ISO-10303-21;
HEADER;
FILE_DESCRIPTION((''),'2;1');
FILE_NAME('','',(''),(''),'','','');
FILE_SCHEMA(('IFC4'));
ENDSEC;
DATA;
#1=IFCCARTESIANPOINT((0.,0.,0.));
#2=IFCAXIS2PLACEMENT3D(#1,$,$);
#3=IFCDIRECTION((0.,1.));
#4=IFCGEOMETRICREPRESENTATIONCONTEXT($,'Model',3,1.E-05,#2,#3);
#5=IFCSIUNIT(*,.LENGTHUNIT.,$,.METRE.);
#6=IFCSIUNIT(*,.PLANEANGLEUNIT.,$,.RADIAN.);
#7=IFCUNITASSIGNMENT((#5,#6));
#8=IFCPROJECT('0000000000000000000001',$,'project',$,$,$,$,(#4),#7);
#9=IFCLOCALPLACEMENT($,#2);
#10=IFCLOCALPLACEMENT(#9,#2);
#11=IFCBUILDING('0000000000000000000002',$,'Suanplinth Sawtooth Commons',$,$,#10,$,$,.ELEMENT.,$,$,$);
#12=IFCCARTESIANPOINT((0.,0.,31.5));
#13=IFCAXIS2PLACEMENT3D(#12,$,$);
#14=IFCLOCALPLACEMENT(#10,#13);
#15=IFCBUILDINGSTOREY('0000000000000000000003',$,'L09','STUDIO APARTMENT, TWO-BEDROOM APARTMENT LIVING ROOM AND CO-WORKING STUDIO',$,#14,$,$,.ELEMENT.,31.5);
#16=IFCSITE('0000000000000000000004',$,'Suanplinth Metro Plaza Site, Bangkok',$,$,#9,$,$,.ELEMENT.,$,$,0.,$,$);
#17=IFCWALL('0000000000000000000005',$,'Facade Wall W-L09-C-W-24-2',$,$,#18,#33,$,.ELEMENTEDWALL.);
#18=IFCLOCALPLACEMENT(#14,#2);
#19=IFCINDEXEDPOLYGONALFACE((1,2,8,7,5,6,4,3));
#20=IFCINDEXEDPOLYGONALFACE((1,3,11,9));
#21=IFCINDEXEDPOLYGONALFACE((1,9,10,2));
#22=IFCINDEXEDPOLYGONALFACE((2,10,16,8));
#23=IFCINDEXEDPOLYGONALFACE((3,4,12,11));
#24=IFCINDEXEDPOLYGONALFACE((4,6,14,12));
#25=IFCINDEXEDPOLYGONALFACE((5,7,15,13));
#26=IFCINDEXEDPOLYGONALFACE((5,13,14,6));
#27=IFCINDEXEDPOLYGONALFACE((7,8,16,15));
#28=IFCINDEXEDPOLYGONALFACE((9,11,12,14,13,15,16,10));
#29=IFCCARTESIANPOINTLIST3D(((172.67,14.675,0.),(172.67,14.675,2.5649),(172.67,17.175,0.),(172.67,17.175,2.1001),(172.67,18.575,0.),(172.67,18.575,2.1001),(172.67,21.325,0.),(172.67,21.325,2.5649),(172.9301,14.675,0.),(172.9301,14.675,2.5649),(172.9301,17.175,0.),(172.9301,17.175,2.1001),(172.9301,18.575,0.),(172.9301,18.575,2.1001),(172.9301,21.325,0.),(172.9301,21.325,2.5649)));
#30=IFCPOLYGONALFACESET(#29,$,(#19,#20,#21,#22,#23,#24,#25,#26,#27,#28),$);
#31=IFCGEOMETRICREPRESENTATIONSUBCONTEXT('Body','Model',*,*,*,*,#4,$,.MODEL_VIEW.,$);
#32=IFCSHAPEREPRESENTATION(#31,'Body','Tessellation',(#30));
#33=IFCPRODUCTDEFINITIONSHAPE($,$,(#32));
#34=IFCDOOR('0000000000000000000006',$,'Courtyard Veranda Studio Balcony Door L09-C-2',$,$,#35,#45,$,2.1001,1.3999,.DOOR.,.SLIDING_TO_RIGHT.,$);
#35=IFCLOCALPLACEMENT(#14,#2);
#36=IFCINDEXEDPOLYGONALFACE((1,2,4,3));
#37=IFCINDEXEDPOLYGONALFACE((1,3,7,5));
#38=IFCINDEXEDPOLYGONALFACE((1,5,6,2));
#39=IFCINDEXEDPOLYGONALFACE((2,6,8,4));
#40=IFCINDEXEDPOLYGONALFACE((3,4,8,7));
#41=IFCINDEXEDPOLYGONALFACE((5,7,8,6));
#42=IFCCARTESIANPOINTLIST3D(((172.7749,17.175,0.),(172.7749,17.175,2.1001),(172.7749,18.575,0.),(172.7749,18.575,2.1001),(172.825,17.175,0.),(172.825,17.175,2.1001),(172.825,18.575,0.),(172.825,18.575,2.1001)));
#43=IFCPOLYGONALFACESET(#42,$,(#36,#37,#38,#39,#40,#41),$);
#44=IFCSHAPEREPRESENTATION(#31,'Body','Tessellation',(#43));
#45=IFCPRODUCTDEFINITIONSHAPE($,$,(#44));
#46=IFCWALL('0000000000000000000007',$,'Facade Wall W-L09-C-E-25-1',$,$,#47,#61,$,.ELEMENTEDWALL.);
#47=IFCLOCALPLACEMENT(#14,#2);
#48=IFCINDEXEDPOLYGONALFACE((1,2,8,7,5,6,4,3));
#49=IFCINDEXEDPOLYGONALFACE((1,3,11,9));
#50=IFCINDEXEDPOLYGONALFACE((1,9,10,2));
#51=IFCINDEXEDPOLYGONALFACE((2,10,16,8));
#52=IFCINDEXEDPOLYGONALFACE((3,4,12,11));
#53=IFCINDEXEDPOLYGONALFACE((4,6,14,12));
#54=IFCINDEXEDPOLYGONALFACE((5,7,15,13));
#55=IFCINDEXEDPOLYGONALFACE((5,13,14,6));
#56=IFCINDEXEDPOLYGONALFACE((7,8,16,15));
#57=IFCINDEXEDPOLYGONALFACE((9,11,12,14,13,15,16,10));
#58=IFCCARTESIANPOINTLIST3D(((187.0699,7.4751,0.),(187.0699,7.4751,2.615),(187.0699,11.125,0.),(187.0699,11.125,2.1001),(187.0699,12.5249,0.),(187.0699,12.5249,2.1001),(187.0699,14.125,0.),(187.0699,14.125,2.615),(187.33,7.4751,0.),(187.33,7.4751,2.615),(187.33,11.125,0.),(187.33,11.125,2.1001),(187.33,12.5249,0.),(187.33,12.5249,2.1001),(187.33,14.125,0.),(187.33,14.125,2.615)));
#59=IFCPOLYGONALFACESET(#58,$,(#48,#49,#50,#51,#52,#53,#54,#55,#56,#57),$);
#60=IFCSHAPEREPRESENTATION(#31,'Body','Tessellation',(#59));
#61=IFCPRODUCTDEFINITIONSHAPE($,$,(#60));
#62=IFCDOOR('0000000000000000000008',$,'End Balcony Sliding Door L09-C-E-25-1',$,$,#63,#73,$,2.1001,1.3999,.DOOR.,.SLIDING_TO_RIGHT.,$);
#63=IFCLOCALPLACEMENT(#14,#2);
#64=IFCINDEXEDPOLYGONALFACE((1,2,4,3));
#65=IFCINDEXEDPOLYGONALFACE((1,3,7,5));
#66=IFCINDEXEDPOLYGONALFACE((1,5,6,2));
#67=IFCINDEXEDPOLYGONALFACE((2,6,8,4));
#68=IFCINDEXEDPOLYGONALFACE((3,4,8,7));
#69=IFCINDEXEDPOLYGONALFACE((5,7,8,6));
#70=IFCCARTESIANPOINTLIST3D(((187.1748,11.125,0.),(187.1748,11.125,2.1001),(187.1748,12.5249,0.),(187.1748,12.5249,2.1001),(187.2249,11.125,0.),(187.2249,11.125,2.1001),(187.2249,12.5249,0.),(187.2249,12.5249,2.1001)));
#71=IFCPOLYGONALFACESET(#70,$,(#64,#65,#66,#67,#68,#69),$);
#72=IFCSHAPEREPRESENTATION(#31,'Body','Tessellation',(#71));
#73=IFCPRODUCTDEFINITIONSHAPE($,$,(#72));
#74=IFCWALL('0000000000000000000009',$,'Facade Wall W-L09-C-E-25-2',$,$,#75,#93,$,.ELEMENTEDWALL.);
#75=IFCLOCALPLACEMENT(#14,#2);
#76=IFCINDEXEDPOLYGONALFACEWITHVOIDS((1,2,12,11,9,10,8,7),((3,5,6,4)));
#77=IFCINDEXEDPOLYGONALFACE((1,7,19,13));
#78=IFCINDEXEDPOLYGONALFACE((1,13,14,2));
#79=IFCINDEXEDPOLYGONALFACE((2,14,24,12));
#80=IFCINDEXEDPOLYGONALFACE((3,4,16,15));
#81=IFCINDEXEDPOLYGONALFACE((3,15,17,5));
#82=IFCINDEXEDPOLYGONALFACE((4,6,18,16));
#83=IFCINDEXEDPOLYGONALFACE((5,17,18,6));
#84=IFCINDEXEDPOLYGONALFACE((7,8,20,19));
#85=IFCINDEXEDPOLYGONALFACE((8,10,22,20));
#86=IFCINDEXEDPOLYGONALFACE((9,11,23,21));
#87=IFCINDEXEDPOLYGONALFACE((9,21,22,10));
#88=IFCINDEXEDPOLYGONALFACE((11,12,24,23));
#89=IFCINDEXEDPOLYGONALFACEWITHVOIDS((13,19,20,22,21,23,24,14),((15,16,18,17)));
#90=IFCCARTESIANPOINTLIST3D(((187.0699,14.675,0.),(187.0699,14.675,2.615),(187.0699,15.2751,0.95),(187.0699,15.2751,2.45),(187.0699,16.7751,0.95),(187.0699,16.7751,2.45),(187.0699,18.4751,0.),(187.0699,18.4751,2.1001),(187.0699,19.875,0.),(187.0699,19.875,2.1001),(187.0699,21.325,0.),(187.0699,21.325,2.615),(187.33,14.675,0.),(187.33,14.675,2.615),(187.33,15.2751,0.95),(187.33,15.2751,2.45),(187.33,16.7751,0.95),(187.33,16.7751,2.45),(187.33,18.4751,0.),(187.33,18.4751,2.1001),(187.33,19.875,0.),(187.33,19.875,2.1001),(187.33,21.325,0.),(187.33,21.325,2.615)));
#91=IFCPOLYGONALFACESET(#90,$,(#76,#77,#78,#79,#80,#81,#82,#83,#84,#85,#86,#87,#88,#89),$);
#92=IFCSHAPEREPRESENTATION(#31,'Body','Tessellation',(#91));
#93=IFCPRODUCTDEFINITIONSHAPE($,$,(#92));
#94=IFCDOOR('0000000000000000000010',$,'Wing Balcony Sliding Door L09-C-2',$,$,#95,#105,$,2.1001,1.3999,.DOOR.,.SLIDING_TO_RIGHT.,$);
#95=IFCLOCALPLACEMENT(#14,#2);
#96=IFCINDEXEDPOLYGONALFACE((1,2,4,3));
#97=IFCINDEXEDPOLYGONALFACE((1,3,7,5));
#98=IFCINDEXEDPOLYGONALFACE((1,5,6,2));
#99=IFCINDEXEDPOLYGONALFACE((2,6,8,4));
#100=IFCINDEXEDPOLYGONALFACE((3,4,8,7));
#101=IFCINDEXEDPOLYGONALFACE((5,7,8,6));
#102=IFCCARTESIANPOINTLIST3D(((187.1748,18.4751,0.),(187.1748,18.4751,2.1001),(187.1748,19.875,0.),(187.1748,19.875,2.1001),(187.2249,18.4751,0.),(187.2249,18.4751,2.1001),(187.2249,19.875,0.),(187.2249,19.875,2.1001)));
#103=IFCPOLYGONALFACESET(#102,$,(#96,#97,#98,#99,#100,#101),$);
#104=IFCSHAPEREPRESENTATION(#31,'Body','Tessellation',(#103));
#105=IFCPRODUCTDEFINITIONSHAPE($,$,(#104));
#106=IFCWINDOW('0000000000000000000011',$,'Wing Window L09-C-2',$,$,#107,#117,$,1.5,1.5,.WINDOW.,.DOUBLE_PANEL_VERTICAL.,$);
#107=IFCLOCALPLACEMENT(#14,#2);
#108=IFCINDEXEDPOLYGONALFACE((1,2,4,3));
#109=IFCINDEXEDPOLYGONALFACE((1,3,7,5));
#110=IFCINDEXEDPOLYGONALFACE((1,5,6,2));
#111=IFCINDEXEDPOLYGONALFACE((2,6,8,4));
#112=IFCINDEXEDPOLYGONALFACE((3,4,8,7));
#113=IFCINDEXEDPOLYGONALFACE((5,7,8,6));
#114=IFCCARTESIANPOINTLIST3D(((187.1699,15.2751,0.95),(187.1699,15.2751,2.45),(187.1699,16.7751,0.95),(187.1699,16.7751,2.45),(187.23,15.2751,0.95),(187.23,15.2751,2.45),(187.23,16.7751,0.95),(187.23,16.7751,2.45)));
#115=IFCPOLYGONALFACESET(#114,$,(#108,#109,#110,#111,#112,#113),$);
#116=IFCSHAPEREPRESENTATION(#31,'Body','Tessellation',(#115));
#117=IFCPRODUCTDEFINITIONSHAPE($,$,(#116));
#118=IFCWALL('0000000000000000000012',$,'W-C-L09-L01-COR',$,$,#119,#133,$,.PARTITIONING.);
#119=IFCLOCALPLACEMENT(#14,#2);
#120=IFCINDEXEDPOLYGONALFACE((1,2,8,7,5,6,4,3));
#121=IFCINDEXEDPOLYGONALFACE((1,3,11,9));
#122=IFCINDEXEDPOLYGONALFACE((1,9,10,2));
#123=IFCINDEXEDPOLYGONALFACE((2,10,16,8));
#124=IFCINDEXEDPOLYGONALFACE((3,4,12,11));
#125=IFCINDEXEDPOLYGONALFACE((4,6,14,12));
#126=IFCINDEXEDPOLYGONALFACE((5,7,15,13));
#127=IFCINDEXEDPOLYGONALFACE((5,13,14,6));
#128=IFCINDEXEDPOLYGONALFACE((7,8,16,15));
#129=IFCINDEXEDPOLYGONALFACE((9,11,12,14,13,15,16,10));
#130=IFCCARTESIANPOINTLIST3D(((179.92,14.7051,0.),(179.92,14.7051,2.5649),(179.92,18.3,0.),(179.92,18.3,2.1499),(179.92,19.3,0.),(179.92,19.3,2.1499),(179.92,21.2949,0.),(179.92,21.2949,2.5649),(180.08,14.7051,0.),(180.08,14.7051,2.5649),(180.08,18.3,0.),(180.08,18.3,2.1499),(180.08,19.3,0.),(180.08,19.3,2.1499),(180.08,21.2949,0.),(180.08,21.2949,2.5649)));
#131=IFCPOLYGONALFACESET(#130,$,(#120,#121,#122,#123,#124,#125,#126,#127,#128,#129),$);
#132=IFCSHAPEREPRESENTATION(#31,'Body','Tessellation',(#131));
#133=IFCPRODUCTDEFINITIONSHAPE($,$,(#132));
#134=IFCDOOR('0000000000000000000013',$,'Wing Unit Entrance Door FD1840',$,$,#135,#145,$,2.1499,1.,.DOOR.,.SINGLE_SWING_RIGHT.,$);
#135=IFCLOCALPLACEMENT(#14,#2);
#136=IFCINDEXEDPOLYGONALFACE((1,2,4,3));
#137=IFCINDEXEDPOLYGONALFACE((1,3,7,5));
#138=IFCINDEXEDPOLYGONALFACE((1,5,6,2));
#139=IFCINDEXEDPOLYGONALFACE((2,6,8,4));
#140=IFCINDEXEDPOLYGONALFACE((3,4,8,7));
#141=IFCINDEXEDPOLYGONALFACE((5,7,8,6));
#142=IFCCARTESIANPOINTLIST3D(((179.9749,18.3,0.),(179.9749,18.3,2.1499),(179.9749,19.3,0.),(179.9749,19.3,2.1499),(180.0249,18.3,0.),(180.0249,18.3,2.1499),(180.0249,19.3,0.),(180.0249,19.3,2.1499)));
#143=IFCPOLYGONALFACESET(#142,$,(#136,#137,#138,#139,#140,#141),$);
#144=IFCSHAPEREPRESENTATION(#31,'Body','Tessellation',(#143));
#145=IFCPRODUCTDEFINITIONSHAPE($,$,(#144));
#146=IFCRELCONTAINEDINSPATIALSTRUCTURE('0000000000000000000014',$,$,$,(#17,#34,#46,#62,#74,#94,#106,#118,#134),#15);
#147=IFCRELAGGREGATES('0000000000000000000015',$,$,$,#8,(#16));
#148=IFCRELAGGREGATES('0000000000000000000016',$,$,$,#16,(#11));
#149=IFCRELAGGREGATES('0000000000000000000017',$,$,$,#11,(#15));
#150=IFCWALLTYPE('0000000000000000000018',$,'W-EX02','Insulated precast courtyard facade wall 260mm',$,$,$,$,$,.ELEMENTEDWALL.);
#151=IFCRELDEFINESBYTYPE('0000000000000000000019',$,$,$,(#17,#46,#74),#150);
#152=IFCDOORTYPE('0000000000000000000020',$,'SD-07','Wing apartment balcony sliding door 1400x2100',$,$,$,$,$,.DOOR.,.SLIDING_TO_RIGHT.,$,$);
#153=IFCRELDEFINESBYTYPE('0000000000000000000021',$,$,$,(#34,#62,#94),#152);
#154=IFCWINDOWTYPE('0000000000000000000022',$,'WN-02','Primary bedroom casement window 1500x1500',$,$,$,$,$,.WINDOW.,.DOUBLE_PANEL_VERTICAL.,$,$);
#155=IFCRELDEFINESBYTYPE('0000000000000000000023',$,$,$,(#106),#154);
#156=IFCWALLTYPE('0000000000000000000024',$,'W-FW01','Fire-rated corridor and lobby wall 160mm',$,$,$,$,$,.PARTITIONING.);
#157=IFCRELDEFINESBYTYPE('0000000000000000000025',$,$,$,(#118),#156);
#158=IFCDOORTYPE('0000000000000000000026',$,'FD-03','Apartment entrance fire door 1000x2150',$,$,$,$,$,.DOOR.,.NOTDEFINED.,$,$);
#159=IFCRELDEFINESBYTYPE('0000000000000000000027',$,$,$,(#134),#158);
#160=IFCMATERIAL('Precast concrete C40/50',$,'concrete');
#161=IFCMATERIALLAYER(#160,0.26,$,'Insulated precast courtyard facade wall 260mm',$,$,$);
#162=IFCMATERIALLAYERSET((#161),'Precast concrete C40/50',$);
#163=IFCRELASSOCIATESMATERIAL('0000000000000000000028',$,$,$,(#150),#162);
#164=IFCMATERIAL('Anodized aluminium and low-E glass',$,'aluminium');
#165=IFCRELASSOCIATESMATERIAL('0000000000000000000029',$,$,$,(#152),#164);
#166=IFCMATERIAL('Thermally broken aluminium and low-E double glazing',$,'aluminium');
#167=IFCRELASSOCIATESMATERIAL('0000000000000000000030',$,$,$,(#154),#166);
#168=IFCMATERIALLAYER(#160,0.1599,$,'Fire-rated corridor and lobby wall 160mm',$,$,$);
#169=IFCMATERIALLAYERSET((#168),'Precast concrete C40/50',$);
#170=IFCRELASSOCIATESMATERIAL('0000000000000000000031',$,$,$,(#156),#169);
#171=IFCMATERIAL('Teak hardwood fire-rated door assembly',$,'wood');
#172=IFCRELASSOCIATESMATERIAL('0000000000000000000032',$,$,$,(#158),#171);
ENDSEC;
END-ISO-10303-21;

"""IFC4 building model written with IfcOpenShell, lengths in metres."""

from ifc_helpers import new_model, si_unit, direction, frame, frame_2d, origin, place, context, subcontext, project, spatial, rectangle, extrude, material, layer, layer_set, type_object, element, fill, save


model = new_model("IFC4")

# Units and contexts
model_context = context("Model", 3, precision=1e-05, world=origin(), true_north=direction((0.0, 1.0)))
body_context = subcontext(model_context, "Body", "Model", "MODEL_VIEW")
ifc_project = project(units=[si_unit("LENGTHUNIT", "METRE"), si_unit("PLANEANGLEUNIT", "RADIAN")], contexts=[model_context])

# Site, building, storey
site_placement = place(None, origin())
site = spatial("IfcSite", under=ifc_project, at=site_placement, Name="Suanplinth Metro Plaza Site, Bangkok", CompositionType="ELEMENT", RefElevation=0.0)
building_placement = place(site_placement, origin())
building = spatial("IfcBuilding", under=site, at=building_placement, Name="Suanplinth Sawtooth Commons", CompositionType="ELEMENT")
storey_placement = place(building_placement, frame((0.0, 0.0, 31.5)))
storey = spatial("IfcBuildingStorey", under=building, at=storey_placement, Name="L09", Description="STUDIO APARTMENT, TWO-BEDROOM APARTMENT LIVING ROOM AND CO-WORKING STUDIO", CompositionType="ELEMENT", Elevation=31.5)

# Shared definitions
ifc_material_1 = material(Name="Precast concrete C40/50", Category="concrete")

# Walls, openings, doors
ifc_layer_1 = layer(ifc_material_1, 0.26, Name="Insulated precast courtyard facade wall 260mm")
ifc_layer_set_1 = layer_set([ifc_layer_1], Name="Precast concrete C40/50")
wall_type_1 = type_object("IfcWallType", Name="W-EX02", Description="Insulated precast courtyard facade wall 260mm", PredefinedType="ELEMENTEDWALL", material=ifc_layer_set_1)
wall_1_placement = place(storey_placement, frame((172.8, 14.675, 0.0), z_axis=(0.0, 0.0, 1.0), x_axis=(0.0, 1.0, 0.0)))
wall_1 = element("IfcWall", 1, at=wall_1_placement, inside=storey, type_object=wall_type_1, Name="Facade Wall W-L09-C-W-24-2", PredefinedType="ELEMENTEDWALL", context=body_context, shape_type="SweptSolid", body=[
    extrude(rectangle(XDim=6.6499, YDim=0.26, at=frame_2d((3.325, 0.0))), origin(), (0.0, 0.0, 1.0), 2.5649),
])
opening_1_placement = place(wall_1_placement, frame((2.5, 0.0, 0.0)))
opening_1 = element("IfcOpeningElement", 2, at=opening_1_placement, cuts=wall_1, PredefinedType="OPENING", context=body_context, shape_type="SweptSolid", body=[
    extrude(rectangle(XDim=1.3999, YDim=2.1001, at=frame_2d((0.7, 1.05))), frame((0.0, 0.145, 0.0), z_axis=(0.0, -1.0, 0.0), x_axis=(1.0, 0.0, 0.0)), (0.0, 0.0, 1.0), 0.2898),
])
ifc_material_2 = material(Name="Anodized aluminium and low-E glass", Category="aluminium")
door_type_1 = type_object("IfcDoorType", Name="SD-07", Description="Wing apartment balcony sliding door 1400x2100", OperationType="SLIDING_TO_RIGHT", PredefinedType="DOOR", material=ifc_material_2)
door_1_placement = place(opening_1_placement, frame((1.3999, 0.0, 0.0), z_axis=(0.0, 0.0, 1.0), x_axis=(-1.0, 0.0, 0.0)))
door_1 = element("IfcDoor", 3, at=door_1_placement, inside=storey, type_object=door_type_1, Name="Courtyard Veranda Studio Balcony Door L09-C-2", OperationType="SLIDING_TO_RIGHT", OverallHeight=2.1001, OverallWidth=1.3999, PredefinedType="DOOR", context=body_context, shape_type="SweptSolid", body=[
    extrude(rectangle(XDim=1.3999, YDim=2.1001, at=frame_2d((0.7, 1.05))), frame((0.0, 0.0249, 0.0), z_axis=(0.0, -1.0, 0.0), x_axis=(1.0, 0.0, 0.0)), (0.0, 0.0, 1.0), 0.05),
])
fill(opening_1, door_1)
wall_2_placement = place(storey_placement, frame((187.2, 7.4751, 0.0), z_axis=(0.0, 0.0, 1.0), x_axis=(0.0, 1.0, 0.0)))
wall_2 = element("IfcWall", 4, at=wall_2_placement, inside=storey, type_object=wall_type_1, Name="Facade Wall W-L09-C-E-25-1", PredefinedType="ELEMENTEDWALL", context=body_context, shape_type="SweptSolid", body=[
    extrude(rectangle(XDim=6.6499, YDim=0.26, at=frame_2d((3.325, 0.0))), origin(), (0.0, 0.0, 1.0), 2.615),
])
opening_2_placement = place(wall_2_placement, frame((3.6499, 0.0, 0.0)))
opening_2 = element("IfcOpeningElement", 5, at=opening_2_placement, cuts=wall_2, PredefinedType="OPENING", context=body_context, shape_type="SweptSolid", body=[
    extrude(rectangle(XDim=1.3999, YDim=2.1001, at=frame_2d((0.7, 1.05))), frame((0.0, 0.145, 0.0), z_axis=(0.0, -1.0, 0.0), x_axis=(1.0, 0.0, 0.0)), (0.0, 0.0, 1.0), 0.2898),
])
door_2_placement = place(opening_2_placement, frame((1.3999, 0.0, 0.0), z_axis=(0.0, 0.0, 1.0), x_axis=(-1.0, 0.0, 0.0)))
door_2 = element("IfcDoor", 6, at=door_2_placement, inside=storey, type_object=door_type_1, Name="End Balcony Sliding Door L09-C-E-25-1", OperationType="SLIDING_TO_RIGHT", OverallHeight=2.1001, OverallWidth=1.3999, PredefinedType="DOOR", context=body_context, shape_type="SweptSolid", body=[
    extrude(rectangle(XDim=1.3999, YDim=2.1001, at=frame_2d((0.7, 1.05))), frame((0.0, 0.0249, 0.0), z_axis=(0.0, -1.0, 0.0), x_axis=(1.0, 0.0, 0.0)), (0.0, 0.0, 1.0), 0.05),
])
fill(opening_2, door_2)

# Wall, openings, door, window
wall_3_placement = place(storey_placement, frame((187.2, 14.675, 0.0), z_axis=(0.0, 0.0, 1.0), x_axis=(0.0, 1.0, 0.0)))
wall_3 = element("IfcWall", 7, at=wall_3_placement, inside=storey, type_object=wall_type_1, Name="Facade Wall W-L09-C-E-25-2", PredefinedType="ELEMENTEDWALL", context=body_context, shape_type="SweptSolid", body=[
    extrude(rectangle(XDim=6.6499, YDim=0.26, at=frame_2d((3.325, 0.0))), origin(), (0.0, 0.0, 1.0), 2.615),
])
opening_3_placement = place(wall_3_placement, frame((3.8, 0.0, 0.0)))
opening_3 = element("IfcOpeningElement", 8, at=opening_3_placement, cuts=wall_3, PredefinedType="OPENING", context=body_context, shape_type="SweptSolid", body=[
    extrude(rectangle(XDim=1.3999, YDim=2.1001, at=frame_2d((0.7, 1.05))), frame((0.0, 0.145, 0.0), z_axis=(0.0, -1.0, 0.0), x_axis=(1.0, 0.0, 0.0)), (0.0, 0.0, 1.0), 0.2898),
])
opening_4_placement = place(wall_3_placement, frame((0.6001, 0.0, 0.95)))
opening_4 = element("IfcOpeningElement", 9, at=opening_4_placement, cuts=wall_3, PredefinedType="OPENING", context=body_context, shape_type="SweptSolid", body=[
    extrude(rectangle(XDim=1.5, YDim=1.5, at=frame_2d((0.75, 0.75))), frame((0.0, 0.145, 0.0), z_axis=(0.0, -1.0, 0.0), x_axis=(1.0, 0.0, 0.0)), (0.0, 0.0, 1.0), 0.2898),
])
door_3_placement = place(opening_3_placement, frame((1.3999, 0.0, 0.0), z_axis=(0.0, 0.0, 1.0), x_axis=(-1.0, 0.0, 0.0)))
door_3 = element("IfcDoor", 10, at=door_3_placement, inside=storey, type_object=door_type_1, Name="Wing Balcony Sliding Door L09-C-2", OperationType="SLIDING_TO_RIGHT", OverallHeight=2.1001, OverallWidth=1.3999, PredefinedType="DOOR", context=body_context, shape_type="SweptSolid", body=[
    extrude(rectangle(XDim=1.3999, YDim=2.1001, at=frame_2d((0.7, 1.05))), frame((0.0, 0.0249, 0.0), z_axis=(0.0, -1.0, 0.0), x_axis=(1.0, 0.0, 0.0)), (0.0, 0.0, 1.0), 0.05),
])
fill(opening_3, door_3)
ifc_material_3 = material(Name="Thermally broken aluminium and low-E double glazing", Category="aluminium")
window_type = type_object("IfcWindowType", Name="WN-02", Description="Primary bedroom casement window 1500x1500", PartitioningType="DOUBLE_PANEL_VERTICAL", PredefinedType="WINDOW", material=ifc_material_3)
window_placement = place(opening_4_placement, origin())
window = element("IfcWindow", 11, at=window_placement, inside=storey, type_object=window_type, Name="Wing Window L09-C-2", OverallHeight=1.5, OverallWidth=1.5, PartitioningType="DOUBLE_PANEL_VERTICAL", PredefinedType="WINDOW", context=body_context, shape_type="SweptSolid", body=[
    extrude(rectangle(XDim=1.5, YDim=1.5, at=frame_2d((0.75, 0.75))), frame((0.0, 0.03, 0.0), z_axis=(0.0, -1.0, 0.0), x_axis=(1.0, 0.0, 0.0)), (0.0, 0.0, 1.0), 0.0601),
])
fill(opening_4, window)

# Wall, opening, door
ifc_layer_2 = layer(ifc_material_1, 0.1599, Name="Fire-rated corridor and lobby wall 160mm")
ifc_layer_set_2 = layer_set([ifc_layer_2], Name="Precast concrete C40/50")
wall_type_2 = type_object("IfcWallType", Name="W-FW01", Description="Fire-rated corridor and lobby wall 160mm", PredefinedType="PARTITIONING", material=ifc_layer_set_2)
wall_4_placement = place(storey_placement, frame((180.0, 14.7051, 0.0), z_axis=(0.0, 0.0, 1.0), x_axis=(0.0, 1.0, 0.0)))
wall_4 = element("IfcWall", 12, at=wall_4_placement, inside=storey, type_object=wall_type_2, Name="W-C-L09-L01-COR", PredefinedType="PARTITIONING", context=body_context, shape_type="SweptSolid", body=[
    extrude(rectangle(XDim=6.5898, YDim=0.1599, at=frame_2d((3.2949, 0.0))), origin(), (0.0, 0.0, 1.0), 2.5649),
])
opening_5_placement = place(wall_4_placement, frame((3.595, 0.0, 0.0)))
opening_5 = element("IfcOpeningElement", 13, at=opening_5_placement, cuts=wall_4, PredefinedType="OPENING", context=body_context, shape_type="SweptSolid", body=[
    extrude(rectangle(XDim=1.0, YDim=2.1499, at=frame_2d((0.5, 1.075))), frame((0.0, 0.0947, 0.0), z_axis=(0.0, -1.0, 0.0), x_axis=(1.0, 0.0, 0.0)), (0.0, 0.0, 1.0), 0.1897),
])
ifc_material_4 = material(Name="Teak hardwood fire-rated door assembly", Category="wood")
door_type_2 = type_object("IfcDoorType", Name="FD-03", Description="Apartment entrance fire door 1000x2150", OperationType="NOTDEFINED", PredefinedType="DOOR", material=ifc_material_4)
door_4_placement = place(opening_5_placement, frame((1.0, 0.0, 0.0), z_axis=(0.0, 0.0, 1.0), x_axis=(-1.0, 0.0, 0.0)))
door_4 = element("IfcDoor", 14, at=door_4_placement, inside=storey, type_object=door_type_2, Name="Wing Unit Entrance Door FD1840", OperationType="SINGLE_SWING_RIGHT", OverallHeight=2.1499, OverallWidth=1.0, PredefinedType="DOOR", context=body_context, shape_type="SweptSolid", body=[
    extrude(rectangle(XDim=1.0, YDim=2.1499, at=frame_2d((0.5, 1.075))), frame((0.0, 0.0249, 0.0), z_axis=(0.0, -1.0, 0.0), x_axis=(1.0, 0.0, 0.0)), (0.0, 0.0, 1.0), 0.05),
])
fill(opening_5, door_4)

save(model, "model.ifc")
